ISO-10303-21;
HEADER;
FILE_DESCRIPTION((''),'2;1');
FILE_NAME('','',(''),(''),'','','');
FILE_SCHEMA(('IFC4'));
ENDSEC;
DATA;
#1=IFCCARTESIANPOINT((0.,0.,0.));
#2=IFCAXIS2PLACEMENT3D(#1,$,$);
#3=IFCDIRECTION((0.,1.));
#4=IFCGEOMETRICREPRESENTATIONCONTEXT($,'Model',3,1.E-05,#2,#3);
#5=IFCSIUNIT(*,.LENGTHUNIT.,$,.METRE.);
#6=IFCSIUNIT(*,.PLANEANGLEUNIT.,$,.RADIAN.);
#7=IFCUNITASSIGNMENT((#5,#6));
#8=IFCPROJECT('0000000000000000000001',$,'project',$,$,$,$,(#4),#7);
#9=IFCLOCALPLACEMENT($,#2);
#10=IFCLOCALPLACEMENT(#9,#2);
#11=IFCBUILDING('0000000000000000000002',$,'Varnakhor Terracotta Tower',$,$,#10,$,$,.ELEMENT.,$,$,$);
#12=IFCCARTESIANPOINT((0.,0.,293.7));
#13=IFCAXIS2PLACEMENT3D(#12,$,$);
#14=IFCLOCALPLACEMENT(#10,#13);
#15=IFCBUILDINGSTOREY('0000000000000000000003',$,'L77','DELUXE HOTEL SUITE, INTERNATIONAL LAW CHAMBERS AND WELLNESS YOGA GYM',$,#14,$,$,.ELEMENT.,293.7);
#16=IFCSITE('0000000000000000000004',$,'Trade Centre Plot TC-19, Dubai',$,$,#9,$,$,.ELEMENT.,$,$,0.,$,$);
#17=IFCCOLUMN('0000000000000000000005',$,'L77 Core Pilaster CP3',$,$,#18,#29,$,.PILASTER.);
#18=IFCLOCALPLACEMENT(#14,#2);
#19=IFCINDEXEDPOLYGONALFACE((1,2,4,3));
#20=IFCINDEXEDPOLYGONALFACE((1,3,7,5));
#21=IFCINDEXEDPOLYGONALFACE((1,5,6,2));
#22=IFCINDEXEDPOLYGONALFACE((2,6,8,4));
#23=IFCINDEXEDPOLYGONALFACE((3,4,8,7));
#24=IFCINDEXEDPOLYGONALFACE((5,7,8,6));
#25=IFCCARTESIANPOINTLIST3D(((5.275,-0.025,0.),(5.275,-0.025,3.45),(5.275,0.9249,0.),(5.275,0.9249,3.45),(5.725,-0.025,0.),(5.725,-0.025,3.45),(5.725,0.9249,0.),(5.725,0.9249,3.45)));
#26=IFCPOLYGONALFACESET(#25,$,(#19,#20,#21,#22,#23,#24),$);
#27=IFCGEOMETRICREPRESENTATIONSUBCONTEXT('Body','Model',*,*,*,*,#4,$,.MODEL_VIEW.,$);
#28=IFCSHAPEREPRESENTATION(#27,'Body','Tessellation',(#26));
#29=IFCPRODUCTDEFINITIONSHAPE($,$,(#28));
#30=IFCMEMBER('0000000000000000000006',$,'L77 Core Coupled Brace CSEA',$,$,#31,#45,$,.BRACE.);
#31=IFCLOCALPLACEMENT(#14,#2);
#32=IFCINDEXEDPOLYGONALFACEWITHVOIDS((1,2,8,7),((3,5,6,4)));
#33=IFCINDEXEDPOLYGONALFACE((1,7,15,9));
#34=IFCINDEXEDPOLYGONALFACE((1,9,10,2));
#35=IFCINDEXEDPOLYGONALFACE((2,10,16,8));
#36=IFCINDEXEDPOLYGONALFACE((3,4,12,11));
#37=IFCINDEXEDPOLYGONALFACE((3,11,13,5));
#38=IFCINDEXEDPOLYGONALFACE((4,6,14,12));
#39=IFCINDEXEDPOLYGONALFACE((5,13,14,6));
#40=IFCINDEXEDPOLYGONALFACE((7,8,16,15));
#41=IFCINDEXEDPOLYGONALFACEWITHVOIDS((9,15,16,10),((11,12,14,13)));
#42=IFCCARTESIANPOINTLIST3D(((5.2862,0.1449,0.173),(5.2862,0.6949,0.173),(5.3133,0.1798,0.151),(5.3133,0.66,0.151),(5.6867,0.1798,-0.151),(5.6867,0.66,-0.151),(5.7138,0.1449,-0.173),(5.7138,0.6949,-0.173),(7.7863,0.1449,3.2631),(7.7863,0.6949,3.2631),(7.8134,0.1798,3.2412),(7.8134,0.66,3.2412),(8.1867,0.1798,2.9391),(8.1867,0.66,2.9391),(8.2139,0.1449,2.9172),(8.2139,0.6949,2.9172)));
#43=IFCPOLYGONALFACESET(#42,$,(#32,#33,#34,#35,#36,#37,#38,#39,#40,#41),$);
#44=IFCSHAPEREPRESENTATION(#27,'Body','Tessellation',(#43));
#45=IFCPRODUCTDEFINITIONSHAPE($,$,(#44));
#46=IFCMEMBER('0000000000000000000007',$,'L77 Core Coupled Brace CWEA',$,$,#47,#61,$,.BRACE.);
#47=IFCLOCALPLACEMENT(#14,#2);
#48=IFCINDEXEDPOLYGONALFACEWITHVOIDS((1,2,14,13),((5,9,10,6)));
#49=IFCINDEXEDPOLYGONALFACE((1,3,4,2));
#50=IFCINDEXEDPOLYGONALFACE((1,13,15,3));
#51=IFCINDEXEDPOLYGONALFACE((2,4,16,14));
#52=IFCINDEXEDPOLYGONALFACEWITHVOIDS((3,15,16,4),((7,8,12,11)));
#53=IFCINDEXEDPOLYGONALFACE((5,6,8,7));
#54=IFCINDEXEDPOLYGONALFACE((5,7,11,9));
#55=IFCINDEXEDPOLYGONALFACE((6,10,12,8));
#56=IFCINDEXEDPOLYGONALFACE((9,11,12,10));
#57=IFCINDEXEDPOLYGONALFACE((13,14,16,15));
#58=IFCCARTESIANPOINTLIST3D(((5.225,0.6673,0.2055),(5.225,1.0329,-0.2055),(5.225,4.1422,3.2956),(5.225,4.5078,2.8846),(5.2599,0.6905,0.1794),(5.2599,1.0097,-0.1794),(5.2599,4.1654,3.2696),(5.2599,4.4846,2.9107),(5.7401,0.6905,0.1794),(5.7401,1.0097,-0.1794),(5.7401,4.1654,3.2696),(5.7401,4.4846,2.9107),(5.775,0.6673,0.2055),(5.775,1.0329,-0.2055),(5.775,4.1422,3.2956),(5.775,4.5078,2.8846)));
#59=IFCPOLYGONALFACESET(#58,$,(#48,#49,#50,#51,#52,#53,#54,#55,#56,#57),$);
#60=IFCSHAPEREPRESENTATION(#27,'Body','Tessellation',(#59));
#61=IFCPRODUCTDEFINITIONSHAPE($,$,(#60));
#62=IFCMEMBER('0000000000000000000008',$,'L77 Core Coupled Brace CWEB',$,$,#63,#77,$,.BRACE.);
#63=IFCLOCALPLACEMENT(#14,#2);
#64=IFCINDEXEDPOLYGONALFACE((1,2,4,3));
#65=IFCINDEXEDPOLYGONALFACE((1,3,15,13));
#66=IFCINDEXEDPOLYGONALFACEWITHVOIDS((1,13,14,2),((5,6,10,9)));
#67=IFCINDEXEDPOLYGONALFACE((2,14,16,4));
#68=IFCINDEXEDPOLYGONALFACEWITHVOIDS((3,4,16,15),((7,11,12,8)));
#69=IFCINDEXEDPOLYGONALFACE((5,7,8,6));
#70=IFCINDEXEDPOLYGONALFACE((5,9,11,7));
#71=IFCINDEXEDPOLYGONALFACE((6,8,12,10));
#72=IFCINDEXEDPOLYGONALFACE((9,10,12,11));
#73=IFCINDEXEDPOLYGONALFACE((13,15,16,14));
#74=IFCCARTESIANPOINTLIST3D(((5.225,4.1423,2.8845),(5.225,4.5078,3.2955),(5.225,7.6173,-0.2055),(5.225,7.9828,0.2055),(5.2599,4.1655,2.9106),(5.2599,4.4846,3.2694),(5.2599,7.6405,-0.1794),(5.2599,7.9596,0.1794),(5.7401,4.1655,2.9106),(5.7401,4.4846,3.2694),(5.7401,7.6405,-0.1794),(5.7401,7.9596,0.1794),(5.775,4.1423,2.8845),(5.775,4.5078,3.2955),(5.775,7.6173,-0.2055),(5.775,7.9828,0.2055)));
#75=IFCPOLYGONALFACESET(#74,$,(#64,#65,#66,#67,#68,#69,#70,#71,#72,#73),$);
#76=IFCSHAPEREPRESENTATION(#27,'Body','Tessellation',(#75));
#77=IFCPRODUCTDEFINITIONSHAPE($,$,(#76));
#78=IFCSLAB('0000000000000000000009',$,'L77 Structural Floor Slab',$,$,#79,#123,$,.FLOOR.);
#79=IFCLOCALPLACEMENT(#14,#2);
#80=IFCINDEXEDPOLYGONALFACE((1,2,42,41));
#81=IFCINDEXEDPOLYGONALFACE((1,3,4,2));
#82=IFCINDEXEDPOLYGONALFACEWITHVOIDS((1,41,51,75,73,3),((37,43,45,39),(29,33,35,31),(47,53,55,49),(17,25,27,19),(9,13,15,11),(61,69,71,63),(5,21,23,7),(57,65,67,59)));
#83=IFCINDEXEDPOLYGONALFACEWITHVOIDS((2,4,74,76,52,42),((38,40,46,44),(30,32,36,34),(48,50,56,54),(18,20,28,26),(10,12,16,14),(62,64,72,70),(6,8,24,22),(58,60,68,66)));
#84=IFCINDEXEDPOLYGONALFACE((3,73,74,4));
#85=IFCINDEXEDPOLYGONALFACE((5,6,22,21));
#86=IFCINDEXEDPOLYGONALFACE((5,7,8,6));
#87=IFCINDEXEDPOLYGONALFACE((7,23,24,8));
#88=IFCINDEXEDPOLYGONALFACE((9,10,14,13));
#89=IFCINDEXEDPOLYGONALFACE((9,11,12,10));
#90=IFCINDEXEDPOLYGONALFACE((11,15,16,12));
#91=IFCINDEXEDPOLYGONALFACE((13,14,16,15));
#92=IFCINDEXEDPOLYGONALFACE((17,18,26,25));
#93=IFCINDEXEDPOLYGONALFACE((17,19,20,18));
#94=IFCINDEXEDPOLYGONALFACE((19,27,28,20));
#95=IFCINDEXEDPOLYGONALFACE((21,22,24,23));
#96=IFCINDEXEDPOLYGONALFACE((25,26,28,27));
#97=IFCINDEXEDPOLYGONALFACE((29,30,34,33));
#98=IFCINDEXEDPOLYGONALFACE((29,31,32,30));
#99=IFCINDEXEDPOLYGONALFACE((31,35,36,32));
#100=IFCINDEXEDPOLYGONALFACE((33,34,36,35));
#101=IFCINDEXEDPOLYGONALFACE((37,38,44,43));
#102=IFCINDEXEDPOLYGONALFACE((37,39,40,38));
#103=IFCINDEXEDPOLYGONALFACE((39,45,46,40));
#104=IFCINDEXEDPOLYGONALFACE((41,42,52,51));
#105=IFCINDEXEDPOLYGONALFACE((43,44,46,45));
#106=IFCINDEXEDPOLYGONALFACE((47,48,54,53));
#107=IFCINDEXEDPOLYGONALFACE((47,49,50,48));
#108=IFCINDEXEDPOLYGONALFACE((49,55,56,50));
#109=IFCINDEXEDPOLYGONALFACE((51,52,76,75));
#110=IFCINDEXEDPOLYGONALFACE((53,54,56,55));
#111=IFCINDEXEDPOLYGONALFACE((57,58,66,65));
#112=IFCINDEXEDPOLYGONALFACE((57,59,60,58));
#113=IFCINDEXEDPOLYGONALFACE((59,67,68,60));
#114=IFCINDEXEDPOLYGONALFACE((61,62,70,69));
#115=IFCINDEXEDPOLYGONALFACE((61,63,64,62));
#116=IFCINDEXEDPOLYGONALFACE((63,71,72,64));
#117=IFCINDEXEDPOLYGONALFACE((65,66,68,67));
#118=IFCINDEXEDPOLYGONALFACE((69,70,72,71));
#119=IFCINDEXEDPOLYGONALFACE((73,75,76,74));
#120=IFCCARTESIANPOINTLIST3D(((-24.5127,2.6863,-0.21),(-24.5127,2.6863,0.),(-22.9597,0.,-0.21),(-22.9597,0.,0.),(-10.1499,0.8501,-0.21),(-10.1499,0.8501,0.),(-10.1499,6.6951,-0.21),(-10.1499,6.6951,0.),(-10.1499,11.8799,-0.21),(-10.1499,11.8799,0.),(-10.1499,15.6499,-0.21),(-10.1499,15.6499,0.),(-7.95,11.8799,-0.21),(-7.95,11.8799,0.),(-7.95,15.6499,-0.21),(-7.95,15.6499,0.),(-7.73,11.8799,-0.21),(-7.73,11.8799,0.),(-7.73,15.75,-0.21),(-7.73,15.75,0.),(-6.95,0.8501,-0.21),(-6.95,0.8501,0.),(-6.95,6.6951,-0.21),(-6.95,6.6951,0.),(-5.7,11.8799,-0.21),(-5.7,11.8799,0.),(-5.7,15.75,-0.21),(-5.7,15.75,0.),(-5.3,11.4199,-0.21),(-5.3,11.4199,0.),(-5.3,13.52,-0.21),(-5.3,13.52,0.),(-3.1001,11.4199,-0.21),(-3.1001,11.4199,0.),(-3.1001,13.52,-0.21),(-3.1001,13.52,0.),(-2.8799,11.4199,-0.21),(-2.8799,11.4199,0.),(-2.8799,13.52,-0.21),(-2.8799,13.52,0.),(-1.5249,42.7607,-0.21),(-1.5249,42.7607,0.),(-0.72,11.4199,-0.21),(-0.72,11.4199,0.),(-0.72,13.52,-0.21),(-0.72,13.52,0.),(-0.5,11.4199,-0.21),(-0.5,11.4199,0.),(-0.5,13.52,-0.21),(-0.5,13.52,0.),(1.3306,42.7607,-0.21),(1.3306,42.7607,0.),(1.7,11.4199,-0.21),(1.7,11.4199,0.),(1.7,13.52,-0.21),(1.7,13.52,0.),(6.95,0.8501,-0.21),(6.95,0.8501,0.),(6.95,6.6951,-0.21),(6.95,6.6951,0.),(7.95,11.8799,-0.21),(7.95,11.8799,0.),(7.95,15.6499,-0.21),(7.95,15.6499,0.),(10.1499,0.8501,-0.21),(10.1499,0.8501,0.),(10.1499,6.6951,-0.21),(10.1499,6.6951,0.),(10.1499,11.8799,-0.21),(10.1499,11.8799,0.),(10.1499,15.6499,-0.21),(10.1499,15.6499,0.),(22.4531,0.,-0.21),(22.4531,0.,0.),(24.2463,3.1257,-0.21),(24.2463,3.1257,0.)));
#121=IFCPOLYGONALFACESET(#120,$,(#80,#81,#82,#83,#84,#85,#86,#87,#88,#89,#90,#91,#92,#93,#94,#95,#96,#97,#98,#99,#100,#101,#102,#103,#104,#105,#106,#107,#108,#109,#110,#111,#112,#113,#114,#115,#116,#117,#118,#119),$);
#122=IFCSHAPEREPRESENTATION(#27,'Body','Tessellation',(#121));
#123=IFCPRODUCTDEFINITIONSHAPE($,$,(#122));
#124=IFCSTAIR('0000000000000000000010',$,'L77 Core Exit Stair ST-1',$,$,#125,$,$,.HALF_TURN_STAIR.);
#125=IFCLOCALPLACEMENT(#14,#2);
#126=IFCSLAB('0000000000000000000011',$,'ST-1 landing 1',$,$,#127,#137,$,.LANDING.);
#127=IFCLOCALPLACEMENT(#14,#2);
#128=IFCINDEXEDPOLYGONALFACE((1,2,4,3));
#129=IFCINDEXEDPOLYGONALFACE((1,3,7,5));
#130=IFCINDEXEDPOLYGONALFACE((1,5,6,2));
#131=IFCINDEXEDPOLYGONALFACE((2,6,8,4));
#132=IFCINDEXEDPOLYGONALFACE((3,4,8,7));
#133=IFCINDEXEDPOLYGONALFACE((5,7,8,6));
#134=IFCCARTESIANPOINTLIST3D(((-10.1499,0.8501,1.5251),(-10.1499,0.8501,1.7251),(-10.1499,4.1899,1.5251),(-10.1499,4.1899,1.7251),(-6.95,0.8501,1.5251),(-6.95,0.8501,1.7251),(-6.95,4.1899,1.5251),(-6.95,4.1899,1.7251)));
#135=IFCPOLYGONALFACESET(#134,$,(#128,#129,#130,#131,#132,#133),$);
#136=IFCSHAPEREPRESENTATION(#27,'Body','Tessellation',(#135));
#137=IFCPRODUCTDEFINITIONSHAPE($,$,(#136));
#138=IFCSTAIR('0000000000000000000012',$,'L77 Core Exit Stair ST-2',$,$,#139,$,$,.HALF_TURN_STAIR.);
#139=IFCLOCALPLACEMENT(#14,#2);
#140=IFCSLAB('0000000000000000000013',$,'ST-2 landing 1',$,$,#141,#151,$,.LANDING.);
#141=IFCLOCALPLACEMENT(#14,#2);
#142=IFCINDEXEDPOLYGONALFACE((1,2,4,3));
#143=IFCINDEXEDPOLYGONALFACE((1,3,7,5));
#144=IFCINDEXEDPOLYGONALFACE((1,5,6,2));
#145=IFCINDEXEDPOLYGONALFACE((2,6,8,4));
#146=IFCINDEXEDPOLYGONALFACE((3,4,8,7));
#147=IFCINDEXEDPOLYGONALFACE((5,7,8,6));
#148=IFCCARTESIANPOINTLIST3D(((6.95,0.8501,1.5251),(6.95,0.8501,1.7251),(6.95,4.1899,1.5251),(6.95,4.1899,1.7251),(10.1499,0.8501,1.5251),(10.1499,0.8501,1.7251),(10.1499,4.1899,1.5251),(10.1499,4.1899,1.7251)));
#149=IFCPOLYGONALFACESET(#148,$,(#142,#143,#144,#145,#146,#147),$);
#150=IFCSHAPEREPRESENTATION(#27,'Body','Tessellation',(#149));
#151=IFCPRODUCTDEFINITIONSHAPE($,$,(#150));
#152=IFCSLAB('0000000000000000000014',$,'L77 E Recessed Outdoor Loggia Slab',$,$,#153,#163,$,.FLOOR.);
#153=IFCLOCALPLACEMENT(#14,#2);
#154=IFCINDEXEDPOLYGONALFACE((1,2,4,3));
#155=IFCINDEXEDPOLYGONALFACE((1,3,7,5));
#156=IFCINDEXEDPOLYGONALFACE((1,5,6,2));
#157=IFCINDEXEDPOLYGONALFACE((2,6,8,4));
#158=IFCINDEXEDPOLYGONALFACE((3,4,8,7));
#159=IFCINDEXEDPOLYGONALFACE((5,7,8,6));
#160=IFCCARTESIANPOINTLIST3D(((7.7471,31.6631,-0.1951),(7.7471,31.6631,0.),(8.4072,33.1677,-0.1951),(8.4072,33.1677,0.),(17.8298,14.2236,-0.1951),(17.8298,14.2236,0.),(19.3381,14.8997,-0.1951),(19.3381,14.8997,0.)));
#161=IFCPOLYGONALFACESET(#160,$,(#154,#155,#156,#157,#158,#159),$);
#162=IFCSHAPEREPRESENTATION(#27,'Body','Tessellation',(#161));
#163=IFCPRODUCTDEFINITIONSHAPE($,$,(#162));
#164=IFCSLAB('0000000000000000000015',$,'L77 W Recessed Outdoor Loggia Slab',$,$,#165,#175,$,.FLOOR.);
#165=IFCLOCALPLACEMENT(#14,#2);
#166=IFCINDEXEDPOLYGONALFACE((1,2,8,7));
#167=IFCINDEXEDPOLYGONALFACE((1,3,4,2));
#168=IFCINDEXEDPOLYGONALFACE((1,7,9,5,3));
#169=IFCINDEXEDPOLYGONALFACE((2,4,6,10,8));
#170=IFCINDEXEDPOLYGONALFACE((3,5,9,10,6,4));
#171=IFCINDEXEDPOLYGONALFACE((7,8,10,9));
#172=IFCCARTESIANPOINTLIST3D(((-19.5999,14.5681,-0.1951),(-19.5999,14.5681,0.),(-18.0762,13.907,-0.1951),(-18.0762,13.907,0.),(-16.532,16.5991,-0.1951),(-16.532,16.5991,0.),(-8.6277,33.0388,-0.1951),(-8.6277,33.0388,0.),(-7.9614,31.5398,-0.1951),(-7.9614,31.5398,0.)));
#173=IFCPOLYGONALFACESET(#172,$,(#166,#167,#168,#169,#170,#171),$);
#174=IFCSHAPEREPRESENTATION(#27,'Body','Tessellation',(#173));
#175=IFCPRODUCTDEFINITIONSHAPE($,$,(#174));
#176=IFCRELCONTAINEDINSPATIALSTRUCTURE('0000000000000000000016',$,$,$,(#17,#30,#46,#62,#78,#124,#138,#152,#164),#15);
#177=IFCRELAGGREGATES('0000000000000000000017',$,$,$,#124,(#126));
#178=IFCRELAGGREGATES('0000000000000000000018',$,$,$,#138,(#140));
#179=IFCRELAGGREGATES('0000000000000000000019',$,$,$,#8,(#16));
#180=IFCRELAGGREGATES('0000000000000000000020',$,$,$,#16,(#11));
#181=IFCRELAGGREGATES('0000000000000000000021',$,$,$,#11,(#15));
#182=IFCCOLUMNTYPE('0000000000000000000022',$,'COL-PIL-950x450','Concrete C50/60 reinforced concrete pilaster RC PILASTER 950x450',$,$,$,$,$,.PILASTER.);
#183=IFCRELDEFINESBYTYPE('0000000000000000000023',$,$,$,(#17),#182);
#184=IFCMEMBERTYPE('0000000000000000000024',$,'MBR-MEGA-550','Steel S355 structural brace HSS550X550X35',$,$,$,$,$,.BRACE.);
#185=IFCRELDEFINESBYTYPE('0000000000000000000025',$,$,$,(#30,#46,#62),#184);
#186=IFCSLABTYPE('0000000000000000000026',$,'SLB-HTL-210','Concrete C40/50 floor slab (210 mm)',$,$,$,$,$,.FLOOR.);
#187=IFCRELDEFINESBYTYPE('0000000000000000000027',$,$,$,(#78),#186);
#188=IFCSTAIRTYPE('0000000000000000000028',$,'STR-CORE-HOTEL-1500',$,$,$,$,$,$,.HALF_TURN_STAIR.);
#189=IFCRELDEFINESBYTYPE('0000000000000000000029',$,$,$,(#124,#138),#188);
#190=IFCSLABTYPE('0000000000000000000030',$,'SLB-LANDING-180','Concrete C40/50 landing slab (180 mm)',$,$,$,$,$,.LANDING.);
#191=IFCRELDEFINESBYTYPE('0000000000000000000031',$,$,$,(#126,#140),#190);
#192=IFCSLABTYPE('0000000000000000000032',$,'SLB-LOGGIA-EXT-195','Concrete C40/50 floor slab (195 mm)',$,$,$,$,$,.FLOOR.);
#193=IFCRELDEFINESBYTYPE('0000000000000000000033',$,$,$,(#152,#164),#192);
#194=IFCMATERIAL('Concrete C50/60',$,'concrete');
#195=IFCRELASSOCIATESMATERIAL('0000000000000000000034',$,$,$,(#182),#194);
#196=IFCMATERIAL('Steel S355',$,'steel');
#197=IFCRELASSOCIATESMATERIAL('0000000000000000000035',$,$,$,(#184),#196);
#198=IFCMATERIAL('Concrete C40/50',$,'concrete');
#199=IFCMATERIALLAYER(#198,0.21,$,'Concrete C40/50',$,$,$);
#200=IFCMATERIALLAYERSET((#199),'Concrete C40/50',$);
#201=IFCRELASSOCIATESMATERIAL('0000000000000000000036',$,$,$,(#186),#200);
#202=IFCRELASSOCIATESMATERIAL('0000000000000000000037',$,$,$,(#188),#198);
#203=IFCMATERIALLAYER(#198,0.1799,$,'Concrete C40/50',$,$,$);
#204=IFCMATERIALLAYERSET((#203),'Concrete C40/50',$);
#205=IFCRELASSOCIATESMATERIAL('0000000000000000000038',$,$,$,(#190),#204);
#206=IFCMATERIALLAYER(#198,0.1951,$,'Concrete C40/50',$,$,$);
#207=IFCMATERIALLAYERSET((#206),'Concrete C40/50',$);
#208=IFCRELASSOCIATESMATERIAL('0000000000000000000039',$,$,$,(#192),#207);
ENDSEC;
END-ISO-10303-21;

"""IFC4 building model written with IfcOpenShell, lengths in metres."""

from ifc_helpers import new_model, si_unit, direction, frame, origin, origin_2d, place, context, subcontext, project, spatial, polyline, rectangle, hollow_rectangle, outline, extrude, source, transform, mapped, material, layer, layer_set, material_profile, profile_set, type_object, element, aggregate, save


model = new_model("IFC4")

# Units and contexts
model_context = context("Model", 3, precision=1e-05, world=origin(), true_north=direction((0.0, 1.0)))
body_context = subcontext(model_context, "Body", "Model", "MODEL_VIEW")
ifc_project = project(units=[si_unit("LENGTHUNIT", "METRE"), si_unit("PLANEANGLEUNIT", "RADIAN")], contexts=[model_context])

# Site, building, storey
site_placement = place(None, origin())
site = spatial("IfcSite", under=ifc_project, at=site_placement, Name="Trade Centre Plot TC-19, Dubai", CompositionType="ELEMENT", RefElevation=0.0)
building_placement = place(site_placement, origin())
building = spatial("IfcBuilding", under=site, at=building_placement, Name="Varnakhor Terracotta Tower", CompositionType="ELEMENT")
storey_placement = place(building_placement, frame((0.0, 0.0, 293.7)))
storey = spatial("IfcBuildingStorey", under=building, at=storey_placement, Name="L77", Description="DELUXE HOTEL SUITE, INTERNATIONAL LAW CHAMBERS AND WELLNESS YOGA GYM", CompositionType="ELEMENT", Elevation=293.7)

# Column
ifc_material_1 = material(Name="Concrete C50/60", Category="concrete")
ifc_material_profile_1 = material_profile(ifc_material_1, rectangle(XDim=0.45, YDim=0.95, at=origin_2d()), Name="RC PILASTER 950x450")
ifc_profile_set_1 = profile_set([ifc_material_profile_1], Name="Concrete C50/60")
column_type = type_object("IfcColumnType", Name="COL-PIL-950x450", Description="Concrete C50/60 reinforced concrete pilaster RC PILASTER 950x450", PredefinedType="PILASTER", material=ifc_profile_set_1)
shared_shape_1 = source(origin(), body_context, "Body", "SweptSolid", [
    extrude(rectangle(XDim=0.45, YDim=0.95, at=origin_2d()), origin(), (0.0, 0.0, 1.0), 3.45),
])
column_placement = place(storey_placement, frame((5.5, 0.45, 0.0), z_axis=(0.0, 0.0, 1.0), x_axis=(1.0, 0.0, 0.0)))
element("IfcColumn", 1, at=column_placement, inside=storey, type_object=column_type, Name="L77 Core Pilaster CP3", PredefinedType="PILASTER", context=body_context, shape_type="MappedRepresentation", body=[
    mapped(shared_shape_1, transform((0.0, 0.0, 0.0), scale=1.0)),
])

# Members
ifc_material_2 = material(Name="Steel S355", Category="steel")
ifc_material_profile_2 = material_profile(ifc_material_2, hollow_rectangle(XDim=0.55, YDim=0.55, WallThickness=0.0349, at=origin_2d()), Name="HSS550X550X35")
ifc_profile_set_2 = profile_set([ifc_material_profile_2], Name="Steel S355")
member_type = type_object("IfcMemberType", Name="MBR-MEGA-550", Description="Steel S355 structural brace HSS550X550X35", PredefinedType="BRACE", material=ifc_profile_set_2)
shared_shape_2 = source(origin(), body_context, "Body", "SweptSolid", [
    extrude(hollow_rectangle(XDim=0.55, YDim=0.55, WallThickness=0.0349, at=origin_2d()), origin(), (0.0, 0.0, 1.0), 3.9749),
])
member_placement = place(storey_placement, frame((5.5, 0.4199, 0.0), z_axis=(0.62897, 0.0, 0.777429), x_axis=(0.0, 1.0, 0.0)))
element("IfcMember", 2, at=member_placement, inside=storey, type_object=member_type, Name="L77 Core Coupled Brace CSEA", PredefinedType="BRACE", context=body_context, shape_type="MappedRepresentation", body=[
    mapped(shared_shape_2, transform((0.0, 0.0, 0.0), scale=1.0)),
])
shared_shape_3 = source(origin(), body_context, "Body", "SweptSolid", [
    extrude(hollow_rectangle(XDim=0.55, YDim=0.55, WallThickness=0.0349, at=origin_2d()), origin(), (0.0, 0.0, 1.0), 4.6501),
])
for number, where, z_axis, x_axis, name in (
    (3, (5.5, 0.8501, 0.0), (0.0, 0.747267, 0.664524), (-1.0, 0.0, 0.0), "L77 Core Coupled Brace CWEA"),
    (4, (5.5, 7.8, 0.0), (0.0, -0.747291, 0.664497), (1.0, 0.0, 0.0), "L77 Core Coupled Brace CWEB"),
):
    element("IfcMember", number, at=place(storey_placement, frame(where, z_axis=z_axis, x_axis=x_axis)), inside=storey, type_object=member_type, Name=name, PredefinedType="BRACE", context=body_context, shape_type="MappedRepresentation", body=[
        mapped(shared_shape_3, transform((0.0, 0.0, 0.0), scale=1.0)),
    ])

# Slab
ifc_material_3 = material(Name="Concrete C40/50", Category="concrete")
ifc_layer_1 = layer(ifc_material_3, 0.21, Name="Concrete C40/50")
ifc_layer_set_1 = layer_set([ifc_layer_1], Name="Concrete C40/50")
slab_type_1 = type_object("IfcSlabType", Name="SLB-HTL-210", Description="Concrete C40/50 floor slab (210 mm)", PredefinedType="FLOOR", material=ifc_layer_set_1)
slab_1_placement = place(storey_placement, frame((0.0, 0.0, -0.21)))
element("IfcSlab", 5, at=slab_1_placement, inside=storey, type_object=slab_type_1, Name="L77 Structural Floor Slab", PredefinedType="FLOOR", context=body_context, shape_type="SweptSolid", body=[
    extrude(outline(polyline([(-24.5127, 2.6863), (-1.5249, 42.7607), (1.3306, 42.7607), (24.2463, 3.1257), (22.4531, 0.0), (-22.9597, 0.0), (-24.5127, 2.6863)]), holes=[polyline([(-6.95, 0.8501), (-6.95, 6.6951), (-10.1499, 6.6951), (-10.1499, 0.8501), (-6.95, 0.8501)]), polyline([(10.1499, 0.8501), (10.1499, 6.6951), (6.95, 6.6951), (6.95, 0.8501), (10.1499, 0.8501)]), polyline([(-3.1001, 11.4199), (-3.1001, 13.52), (-5.3, 13.52), (-5.3, 11.4199), (-3.1001, 11.4199)]), polyline([(-0.72, 11.4199), (-0.72, 13.52), (-2.8799, 13.52), (-2.8799, 11.4199), (-0.72, 11.4199)]), polyline([(1.7, 11.4199), (1.7, 13.52), (-0.5, 13.52), (-0.5, 11.4199), (1.7, 11.4199)]), polyline([(-7.95, 11.8799), (-7.95, 15.6499), (-10.1499, 15.6499), (-10.1499, 11.8799), (-7.95, 11.8799)]), polyline([(10.1499, 11.8799), (10.1499, 15.6499), (7.95, 15.6499), (7.95, 11.8799), (10.1499, 11.8799)]), polyline([(-5.7, 11.8799), (-5.7, 15.75), (-7.73, 15.75), (-7.73, 11.8799), (-5.7, 11.8799)])]), origin(), (0.0, 0.0, 1.0), 0.21),
])

# Stairs, slabs
stair_type = type_object("IfcStairType", Name="STR-CORE-HOTEL-1500", PredefinedType="HALF_TURN_STAIR", material=ifc_material_3)
stair_1_placement = place(storey_placement, origin())
stair_1 = element("IfcStair", 6, at=stair_1_placement, inside=storey, type_object=stair_type, Name="L77 Core Exit Stair ST-1", PredefinedType="HALF_TURN_STAIR")
ifc_layer_2 = layer(ifc_material_3, 0.1799, Name="Concrete C40/50")
ifc_layer_set_2 = layer_set([ifc_layer_2], Name="Concrete C40/50")
slab_type_2 = type_object("IfcSlabType", Name="SLB-LANDING-180", Description="Concrete C40/50 landing slab (180 mm)", PredefinedType="LANDING", material=ifc_layer_set_2)
slab_2_placement = place(storey_placement, frame((0.0, 0.0, 1.5251)))
slab_2 = element("IfcSlab", 7, at=slab_2_placement, type_object=slab_type_2, Name="ST-1 landing 1", PredefinedType="LANDING", context=body_context, shape_type="SweptSolid", body=[
    extrude(outline(polyline([(-10.1499, 4.1899), (-10.1499, 0.8501), (-6.95, 0.8501), (-6.95, 4.1899), (-10.1499, 4.1899)])), origin(), (0.0, 0.0, 1.0), 0.2),
])
aggregate(stair_1, [slab_2])
stair_2_placement = place(storey_placement, origin())
stair_2 = element("IfcStair", 8, at=stair_2_placement, inside=storey, type_object=stair_type, Name="L77 Core Exit Stair ST-2", PredefinedType="HALF_TURN_STAIR")
slab_3_placement = place(storey_placement, frame((0.0, 0.0, 1.5251)))
slab_3 = element("IfcSlab", 9, at=slab_3_placement, type_object=slab_type_2, Name="ST-2 landing 1", PredefinedType="LANDING", context=body_context, shape_type="SweptSolid", body=[
    extrude(outline(polyline([(6.95, 4.1899), (6.95, 0.8501), (10.1499, 0.8501), (10.1499, 4.1899), (6.95, 4.1899)])), origin(), (0.0, 0.0, 1.0), 0.2),
])

# Slabs
ifc_layer_3 = layer(ifc_material_3, 0.1951, Name="Concrete C40/50")
ifc_layer_set_3 = layer_set([ifc_layer_3], Name="Concrete C40/50")
slab_type_3 = type_object("IfcSlabType", Name="SLB-LOGGIA-EXT-195", Description="Concrete C40/50 floor slab (195 mm)", PredefinedType="FLOOR", material=ifc_layer_set_3)
slab_4_placement = place(storey_placement, frame((0.0, 0.0, -0.1951)))
element("IfcSlab", 10, at=slab_4_placement, inside=storey, type_object=slab_type_3, Name="L77 E Recessed Outdoor Loggia Slab", PredefinedType="FLOOR", context=body_context, shape_type="SweptSolid", body=[
    extrude(outline(polyline([(8.4072, 33.1677), (19.3381, 14.8997), (17.8298, 14.2236), (7.7471, 31.6631), (8.4072, 33.1677)])), origin(), (0.0, 0.0, 1.0), 0.1951),
])
slab_5_placement = place(storey_placement, frame((0.0, 0.0, -0.1951)))
element("IfcSlab", 11, at=slab_5_placement, inside=storey, type_object=slab_type_3, Name="L77 W Recessed Outdoor Loggia Slab", PredefinedType="FLOOR", context=body_context, shape_type="SweptSolid", body=[
    extrude(outline(polyline([(-19.5999, 14.5681), (-8.6277, 33.0388), (-7.9614, 31.5398), (-16.532, 16.5991), (-18.0762, 13.907), (-19.5999, 14.5681)])), origin(), (0.0, 0.0, 1.0), 0.1951),
])

aggregate(stair_2, [slab_3])

save(model, "model.ifc")
